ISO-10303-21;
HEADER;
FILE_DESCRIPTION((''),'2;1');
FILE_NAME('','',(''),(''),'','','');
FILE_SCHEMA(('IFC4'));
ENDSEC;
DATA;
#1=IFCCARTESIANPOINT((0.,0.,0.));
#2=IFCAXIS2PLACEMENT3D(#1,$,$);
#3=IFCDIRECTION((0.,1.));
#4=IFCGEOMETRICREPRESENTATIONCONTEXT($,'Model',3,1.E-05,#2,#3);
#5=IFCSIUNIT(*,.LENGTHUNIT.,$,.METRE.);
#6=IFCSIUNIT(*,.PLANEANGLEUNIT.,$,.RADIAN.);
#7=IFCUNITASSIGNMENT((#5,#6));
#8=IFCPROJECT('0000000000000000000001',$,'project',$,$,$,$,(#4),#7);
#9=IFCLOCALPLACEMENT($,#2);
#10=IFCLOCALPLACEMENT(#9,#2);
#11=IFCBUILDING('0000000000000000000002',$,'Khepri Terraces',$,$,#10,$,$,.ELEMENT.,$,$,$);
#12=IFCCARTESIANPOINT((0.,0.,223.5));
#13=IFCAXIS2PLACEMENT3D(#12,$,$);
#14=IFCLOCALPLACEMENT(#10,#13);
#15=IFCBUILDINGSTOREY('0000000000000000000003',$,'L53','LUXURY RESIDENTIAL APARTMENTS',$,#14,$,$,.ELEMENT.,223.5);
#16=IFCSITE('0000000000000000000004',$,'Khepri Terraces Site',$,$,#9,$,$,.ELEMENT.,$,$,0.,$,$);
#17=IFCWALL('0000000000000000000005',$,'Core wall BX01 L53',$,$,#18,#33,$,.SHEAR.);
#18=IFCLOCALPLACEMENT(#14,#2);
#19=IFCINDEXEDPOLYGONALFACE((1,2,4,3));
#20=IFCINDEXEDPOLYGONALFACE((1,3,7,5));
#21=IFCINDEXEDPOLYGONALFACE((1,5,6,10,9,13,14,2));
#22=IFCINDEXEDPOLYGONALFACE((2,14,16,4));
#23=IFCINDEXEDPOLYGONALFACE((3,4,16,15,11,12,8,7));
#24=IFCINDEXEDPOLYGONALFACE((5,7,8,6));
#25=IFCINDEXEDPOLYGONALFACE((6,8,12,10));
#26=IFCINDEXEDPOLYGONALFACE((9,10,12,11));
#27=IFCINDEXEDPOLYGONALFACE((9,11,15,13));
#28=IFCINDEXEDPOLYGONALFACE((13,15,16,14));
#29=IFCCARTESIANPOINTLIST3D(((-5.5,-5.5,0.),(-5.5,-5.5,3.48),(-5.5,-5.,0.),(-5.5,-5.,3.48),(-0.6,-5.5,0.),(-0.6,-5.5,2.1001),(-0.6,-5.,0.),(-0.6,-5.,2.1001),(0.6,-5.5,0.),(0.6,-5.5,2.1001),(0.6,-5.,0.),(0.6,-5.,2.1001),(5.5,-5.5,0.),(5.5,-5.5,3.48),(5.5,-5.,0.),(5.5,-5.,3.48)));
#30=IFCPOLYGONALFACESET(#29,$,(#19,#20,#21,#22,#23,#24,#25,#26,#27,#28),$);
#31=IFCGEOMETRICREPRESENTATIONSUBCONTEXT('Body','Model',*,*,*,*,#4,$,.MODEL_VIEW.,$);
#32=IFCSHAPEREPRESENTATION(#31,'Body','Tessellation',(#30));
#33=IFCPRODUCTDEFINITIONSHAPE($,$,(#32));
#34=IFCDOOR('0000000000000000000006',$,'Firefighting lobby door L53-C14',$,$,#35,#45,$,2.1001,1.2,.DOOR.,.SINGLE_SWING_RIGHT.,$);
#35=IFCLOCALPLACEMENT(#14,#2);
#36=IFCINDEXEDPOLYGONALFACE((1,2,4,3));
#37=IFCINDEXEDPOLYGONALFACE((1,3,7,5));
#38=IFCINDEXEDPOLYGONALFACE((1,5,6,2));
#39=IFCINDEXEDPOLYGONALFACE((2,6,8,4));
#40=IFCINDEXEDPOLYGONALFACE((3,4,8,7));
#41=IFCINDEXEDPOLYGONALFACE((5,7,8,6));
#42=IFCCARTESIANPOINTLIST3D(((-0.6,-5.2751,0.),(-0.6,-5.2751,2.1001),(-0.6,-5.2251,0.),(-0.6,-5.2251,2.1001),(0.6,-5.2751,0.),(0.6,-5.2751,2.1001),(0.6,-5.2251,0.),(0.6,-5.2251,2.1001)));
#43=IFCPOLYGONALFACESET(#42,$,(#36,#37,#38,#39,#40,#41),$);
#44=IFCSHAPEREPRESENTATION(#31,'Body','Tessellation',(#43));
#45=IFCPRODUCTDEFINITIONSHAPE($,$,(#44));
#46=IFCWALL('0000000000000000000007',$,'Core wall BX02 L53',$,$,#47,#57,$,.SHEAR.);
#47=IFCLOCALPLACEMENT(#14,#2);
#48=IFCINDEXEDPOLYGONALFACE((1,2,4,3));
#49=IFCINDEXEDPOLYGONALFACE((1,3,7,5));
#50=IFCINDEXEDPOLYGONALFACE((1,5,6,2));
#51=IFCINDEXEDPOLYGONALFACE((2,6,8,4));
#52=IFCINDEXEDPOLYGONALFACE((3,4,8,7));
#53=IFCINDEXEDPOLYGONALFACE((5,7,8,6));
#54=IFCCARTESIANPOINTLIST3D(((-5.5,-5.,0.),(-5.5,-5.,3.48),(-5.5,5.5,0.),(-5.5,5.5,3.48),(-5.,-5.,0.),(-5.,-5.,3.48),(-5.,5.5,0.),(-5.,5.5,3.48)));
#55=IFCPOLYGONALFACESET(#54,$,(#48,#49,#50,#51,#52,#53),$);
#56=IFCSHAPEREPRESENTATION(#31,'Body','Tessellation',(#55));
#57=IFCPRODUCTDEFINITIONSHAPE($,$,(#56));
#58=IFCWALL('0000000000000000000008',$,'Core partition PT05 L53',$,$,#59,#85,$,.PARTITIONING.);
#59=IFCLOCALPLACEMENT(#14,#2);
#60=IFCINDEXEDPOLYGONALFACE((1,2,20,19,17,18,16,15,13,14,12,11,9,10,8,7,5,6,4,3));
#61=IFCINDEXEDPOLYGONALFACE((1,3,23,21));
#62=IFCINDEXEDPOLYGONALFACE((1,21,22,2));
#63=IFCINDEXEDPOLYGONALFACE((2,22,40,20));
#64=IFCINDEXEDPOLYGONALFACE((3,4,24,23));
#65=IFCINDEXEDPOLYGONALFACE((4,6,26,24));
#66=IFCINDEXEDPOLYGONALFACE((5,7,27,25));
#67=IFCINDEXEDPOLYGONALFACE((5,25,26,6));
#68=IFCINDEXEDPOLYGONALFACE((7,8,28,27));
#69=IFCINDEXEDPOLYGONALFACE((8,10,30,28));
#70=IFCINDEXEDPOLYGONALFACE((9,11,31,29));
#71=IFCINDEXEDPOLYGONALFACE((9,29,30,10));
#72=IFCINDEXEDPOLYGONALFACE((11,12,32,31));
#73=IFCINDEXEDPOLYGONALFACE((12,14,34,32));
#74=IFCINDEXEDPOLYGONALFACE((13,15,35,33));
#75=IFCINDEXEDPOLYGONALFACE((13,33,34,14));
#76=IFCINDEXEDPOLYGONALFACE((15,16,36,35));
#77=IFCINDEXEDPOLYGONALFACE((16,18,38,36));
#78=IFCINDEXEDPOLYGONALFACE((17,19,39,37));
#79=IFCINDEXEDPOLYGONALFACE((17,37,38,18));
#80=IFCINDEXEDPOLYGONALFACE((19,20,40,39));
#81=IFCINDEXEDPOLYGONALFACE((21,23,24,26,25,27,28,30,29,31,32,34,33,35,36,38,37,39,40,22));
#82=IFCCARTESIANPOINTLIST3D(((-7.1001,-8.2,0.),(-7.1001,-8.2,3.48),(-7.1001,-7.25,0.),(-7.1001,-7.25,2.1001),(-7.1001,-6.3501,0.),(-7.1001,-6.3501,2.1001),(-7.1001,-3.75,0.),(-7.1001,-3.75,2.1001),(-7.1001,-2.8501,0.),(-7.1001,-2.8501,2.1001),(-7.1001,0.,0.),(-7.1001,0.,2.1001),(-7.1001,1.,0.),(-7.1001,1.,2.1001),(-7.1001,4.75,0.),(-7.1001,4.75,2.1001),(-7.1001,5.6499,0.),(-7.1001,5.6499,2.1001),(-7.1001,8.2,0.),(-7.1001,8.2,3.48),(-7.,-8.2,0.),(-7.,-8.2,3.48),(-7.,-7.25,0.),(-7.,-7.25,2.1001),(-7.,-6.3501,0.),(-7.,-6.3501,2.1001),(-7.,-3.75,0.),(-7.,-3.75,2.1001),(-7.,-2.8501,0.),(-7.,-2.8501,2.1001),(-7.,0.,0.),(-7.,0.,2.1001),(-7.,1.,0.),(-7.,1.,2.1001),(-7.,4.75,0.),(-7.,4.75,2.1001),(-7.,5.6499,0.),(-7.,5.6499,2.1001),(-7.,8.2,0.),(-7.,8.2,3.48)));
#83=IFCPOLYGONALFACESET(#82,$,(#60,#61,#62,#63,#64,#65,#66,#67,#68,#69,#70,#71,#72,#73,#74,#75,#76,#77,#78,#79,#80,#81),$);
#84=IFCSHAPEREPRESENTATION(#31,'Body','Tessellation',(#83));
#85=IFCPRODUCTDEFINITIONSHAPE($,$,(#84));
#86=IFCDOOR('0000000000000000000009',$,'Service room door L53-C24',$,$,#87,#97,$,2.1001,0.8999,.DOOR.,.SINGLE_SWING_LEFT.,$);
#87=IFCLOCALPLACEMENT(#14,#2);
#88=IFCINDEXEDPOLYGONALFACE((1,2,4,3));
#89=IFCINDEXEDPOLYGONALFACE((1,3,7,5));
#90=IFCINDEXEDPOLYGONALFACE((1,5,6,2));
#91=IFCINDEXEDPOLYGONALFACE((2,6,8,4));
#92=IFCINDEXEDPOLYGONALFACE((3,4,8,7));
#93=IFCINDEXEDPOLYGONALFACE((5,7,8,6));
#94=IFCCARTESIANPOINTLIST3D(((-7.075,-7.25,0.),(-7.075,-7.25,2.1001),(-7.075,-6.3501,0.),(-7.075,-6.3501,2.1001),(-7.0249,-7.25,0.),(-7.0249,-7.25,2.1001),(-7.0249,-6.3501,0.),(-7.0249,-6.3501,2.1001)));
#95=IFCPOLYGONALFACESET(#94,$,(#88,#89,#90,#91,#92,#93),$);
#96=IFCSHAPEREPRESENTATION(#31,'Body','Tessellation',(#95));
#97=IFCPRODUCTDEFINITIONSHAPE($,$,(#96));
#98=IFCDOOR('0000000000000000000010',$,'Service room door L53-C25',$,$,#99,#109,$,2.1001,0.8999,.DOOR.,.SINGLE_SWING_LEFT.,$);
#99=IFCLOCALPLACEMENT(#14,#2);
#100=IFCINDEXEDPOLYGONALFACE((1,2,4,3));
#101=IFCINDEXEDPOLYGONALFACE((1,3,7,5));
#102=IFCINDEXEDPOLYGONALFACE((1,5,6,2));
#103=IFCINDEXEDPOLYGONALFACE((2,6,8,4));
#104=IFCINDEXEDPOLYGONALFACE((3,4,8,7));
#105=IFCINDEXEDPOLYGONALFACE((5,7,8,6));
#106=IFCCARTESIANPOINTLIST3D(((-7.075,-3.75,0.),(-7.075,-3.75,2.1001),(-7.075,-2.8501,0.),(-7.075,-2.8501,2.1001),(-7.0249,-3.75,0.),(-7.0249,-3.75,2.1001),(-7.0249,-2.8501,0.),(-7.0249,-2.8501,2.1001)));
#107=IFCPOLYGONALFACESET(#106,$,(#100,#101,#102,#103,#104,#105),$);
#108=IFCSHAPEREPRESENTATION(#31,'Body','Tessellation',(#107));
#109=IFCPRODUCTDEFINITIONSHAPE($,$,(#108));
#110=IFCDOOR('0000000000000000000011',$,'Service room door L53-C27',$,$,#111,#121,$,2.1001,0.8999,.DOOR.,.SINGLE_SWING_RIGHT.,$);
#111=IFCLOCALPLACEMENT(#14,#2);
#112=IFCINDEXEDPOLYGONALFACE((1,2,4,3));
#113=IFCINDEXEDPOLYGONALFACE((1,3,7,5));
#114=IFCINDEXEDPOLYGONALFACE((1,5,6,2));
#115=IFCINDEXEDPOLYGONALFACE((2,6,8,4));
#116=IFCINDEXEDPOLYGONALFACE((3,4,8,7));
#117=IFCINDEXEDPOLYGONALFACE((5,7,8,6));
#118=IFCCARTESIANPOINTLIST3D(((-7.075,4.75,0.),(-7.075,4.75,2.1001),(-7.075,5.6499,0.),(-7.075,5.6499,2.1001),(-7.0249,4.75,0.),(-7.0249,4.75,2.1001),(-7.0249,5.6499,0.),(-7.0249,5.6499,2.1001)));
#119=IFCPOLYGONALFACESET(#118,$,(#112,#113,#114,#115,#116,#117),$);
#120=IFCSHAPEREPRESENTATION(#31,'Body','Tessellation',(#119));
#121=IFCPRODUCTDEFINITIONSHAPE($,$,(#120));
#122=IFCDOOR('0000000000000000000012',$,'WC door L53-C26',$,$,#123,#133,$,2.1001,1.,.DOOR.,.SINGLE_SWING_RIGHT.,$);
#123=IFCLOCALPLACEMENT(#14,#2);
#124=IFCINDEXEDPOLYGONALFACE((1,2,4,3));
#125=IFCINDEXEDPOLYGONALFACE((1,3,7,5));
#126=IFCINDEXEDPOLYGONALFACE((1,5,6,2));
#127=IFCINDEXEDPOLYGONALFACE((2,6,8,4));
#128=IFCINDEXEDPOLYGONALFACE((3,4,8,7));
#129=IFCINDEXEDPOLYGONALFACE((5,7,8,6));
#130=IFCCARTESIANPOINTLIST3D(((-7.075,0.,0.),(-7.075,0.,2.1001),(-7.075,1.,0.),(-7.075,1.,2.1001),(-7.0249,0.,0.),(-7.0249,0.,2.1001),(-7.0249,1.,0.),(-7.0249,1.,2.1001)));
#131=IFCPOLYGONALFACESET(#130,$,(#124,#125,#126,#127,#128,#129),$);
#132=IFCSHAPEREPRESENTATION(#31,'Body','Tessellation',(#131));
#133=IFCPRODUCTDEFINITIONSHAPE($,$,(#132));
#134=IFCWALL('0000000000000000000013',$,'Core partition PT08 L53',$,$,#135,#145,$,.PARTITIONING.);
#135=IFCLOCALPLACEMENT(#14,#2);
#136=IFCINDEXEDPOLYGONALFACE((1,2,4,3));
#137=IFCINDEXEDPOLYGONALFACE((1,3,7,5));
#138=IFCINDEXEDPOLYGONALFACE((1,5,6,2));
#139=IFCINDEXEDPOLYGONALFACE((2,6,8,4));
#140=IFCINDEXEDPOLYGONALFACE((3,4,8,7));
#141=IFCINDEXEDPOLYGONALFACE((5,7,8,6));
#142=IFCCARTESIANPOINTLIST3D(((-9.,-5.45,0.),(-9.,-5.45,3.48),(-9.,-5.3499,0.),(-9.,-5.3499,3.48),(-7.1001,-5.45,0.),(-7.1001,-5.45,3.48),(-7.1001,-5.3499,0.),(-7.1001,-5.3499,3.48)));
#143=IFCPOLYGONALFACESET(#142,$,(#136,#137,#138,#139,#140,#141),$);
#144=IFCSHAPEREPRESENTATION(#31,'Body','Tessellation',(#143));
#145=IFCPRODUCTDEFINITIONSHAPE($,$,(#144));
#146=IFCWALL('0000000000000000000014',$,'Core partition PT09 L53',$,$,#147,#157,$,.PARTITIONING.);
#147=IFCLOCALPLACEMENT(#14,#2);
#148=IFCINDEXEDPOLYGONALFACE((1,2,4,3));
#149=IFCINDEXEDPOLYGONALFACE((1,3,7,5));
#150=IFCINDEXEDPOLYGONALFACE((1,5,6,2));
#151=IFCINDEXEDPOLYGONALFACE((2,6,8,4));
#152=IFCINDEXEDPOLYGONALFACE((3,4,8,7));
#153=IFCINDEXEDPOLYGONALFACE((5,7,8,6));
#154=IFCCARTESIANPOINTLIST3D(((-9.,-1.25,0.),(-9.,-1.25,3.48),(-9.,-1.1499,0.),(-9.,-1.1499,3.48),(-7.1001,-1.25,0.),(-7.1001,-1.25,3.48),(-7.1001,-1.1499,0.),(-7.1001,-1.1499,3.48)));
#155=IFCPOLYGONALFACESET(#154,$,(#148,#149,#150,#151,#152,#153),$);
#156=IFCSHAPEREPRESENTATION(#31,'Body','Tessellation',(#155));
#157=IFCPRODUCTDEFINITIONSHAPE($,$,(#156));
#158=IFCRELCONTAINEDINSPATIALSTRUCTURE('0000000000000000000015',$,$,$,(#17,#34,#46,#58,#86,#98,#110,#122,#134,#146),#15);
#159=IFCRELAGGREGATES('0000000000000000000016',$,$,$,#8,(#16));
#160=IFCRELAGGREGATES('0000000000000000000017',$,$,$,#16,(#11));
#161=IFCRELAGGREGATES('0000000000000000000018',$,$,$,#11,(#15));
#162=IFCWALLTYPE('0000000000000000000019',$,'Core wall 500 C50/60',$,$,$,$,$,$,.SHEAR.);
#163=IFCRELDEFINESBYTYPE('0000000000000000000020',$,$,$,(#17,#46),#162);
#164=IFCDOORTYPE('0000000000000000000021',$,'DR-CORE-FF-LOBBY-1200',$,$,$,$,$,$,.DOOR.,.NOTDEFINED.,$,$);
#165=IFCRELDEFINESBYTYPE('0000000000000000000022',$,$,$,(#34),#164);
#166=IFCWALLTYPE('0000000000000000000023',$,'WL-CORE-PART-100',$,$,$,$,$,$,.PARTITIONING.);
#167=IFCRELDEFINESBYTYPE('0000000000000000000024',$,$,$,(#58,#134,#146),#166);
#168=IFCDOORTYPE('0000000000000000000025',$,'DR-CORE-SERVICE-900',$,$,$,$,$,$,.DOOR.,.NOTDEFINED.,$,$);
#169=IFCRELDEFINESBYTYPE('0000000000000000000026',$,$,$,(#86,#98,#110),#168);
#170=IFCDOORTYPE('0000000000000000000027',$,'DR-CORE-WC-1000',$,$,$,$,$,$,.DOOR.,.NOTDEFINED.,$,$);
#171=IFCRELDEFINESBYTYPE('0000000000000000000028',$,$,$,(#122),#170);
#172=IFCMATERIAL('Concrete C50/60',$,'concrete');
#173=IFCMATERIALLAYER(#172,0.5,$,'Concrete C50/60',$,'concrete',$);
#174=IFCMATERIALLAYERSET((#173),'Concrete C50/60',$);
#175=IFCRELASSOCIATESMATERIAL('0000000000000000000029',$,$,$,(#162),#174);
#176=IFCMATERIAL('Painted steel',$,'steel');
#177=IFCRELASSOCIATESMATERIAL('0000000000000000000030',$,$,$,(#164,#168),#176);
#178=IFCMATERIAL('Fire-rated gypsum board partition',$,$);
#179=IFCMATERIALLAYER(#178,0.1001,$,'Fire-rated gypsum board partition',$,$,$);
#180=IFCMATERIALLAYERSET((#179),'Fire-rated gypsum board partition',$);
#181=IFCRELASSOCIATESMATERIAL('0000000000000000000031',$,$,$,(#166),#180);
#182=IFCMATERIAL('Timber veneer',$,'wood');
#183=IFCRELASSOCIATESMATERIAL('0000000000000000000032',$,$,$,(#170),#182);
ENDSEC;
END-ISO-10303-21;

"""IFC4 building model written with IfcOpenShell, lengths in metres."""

from ifc_helpers import new_model, si_unit, direction, frame, frame_2d, origin, place, context, subcontext, project, spatial, rectangle, extrude, material, layer, layer_set, type_object, element, fill, save


model = new_model("IFC4")

# Units and contexts
model_context = context("Model", 3, precision=1e-05, world=origin(), true_north=direction((0.0, 1.0)))
body_context = subcontext(model_context, "Body", "Model", "MODEL_VIEW")
ifc_project = project(units=[si_unit("LENGTHUNIT", "METRE"), si_unit("PLANEANGLEUNIT", "RADIAN")], contexts=[model_context])

# Site, building, storey
site_placement = place(None, origin())
site = spatial("IfcSite", under=ifc_project, at=site_placement, Name="Khepri Terraces Site", CompositionType="ELEMENT", RefElevation=0.0)
building_placement = place(site_placement, origin())
building = spatial("IfcBuilding", under=site, at=building_placement, Name="Khepri Terraces", CompositionType="ELEMENT")
storey_placement = place(building_placement, frame((0.0, 0.0, 223.5)))
storey = spatial("IfcBuildingStorey", under=building, at=storey_placement, Name="L53", Description="LUXURY RESIDENTIAL APARTMENTS", CompositionType="ELEMENT", Elevation=223.5)

# Shared definitions
ifc_material_1 = material(Name="Concrete C50/60", Category="concrete")

# Shared definitions
ifc_material_2 = material(Name="Painted steel", Category="steel")

# Wall, opening, door
ifc_layer_1 = layer(ifc_material_1, 0.5, Name="Concrete C50/60", Category="concrete")
ifc_layer_set_1 = layer_set([ifc_layer_1], Name="Concrete C50/60")
wall_type_1 = type_object("IfcWallType", Name="Core wall 500 C50/60", PredefinedType="SHEAR", material=ifc_layer_set_1)
wall_1_placement = place(storey_placement, frame((-5.5, -5.25, 0.0), z_axis=(0.0, 0.0, 1.0), x_axis=(1.0, 0.0, 0.0)))
wall_1 = element("IfcWall", 1, at=wall_1_placement, inside=storey, type_object=wall_type_1, Name="Core wall BX01 L53", PredefinedType="SHEAR", context=body_context, shape_type="SweptSolid", body=[
    extrude(rectangle(XDim=11.0, YDim=0.5, at=frame_2d((5.5, 0.0))), origin(), (0.0, 0.0, 1.0), 3.48),
])
opening_1_placement = place(wall_1_placement, frame((4.8999, 0.0, 0.0)))
opening_1 = element("IfcOpeningElement", 2, at=opening_1_placement, cuts=wall_1, PredefinedType="OPENING", context=body_context, shape_type="SweptSolid", body=[
    extrude(rectangle(XDim=1.2, YDim=2.1001, at=frame_2d((0.6001, 1.05))), frame((0.0, 0.26, 0.0), z_axis=(0.0, -1.0, 0.0), x_axis=(1.0, 0.0, 0.0)), (0.0, 0.0, 1.0), 0.52),
])
door_type_1 = type_object("IfcDoorType", Name="DR-CORE-FF-LOBBY-1200", OperationType="NOTDEFINED", PredefinedType="DOOR", material=ifc_material_2)
door_1_placement = place(opening_1_placement, origin())
door_1 = element("IfcDoor", 3, at=door_1_placement, inside=storey, type_object=door_type_1, Name="Firefighting lobby door L53-C14", OperationType="SINGLE_SWING_RIGHT", OverallHeight=2.1001, OverallWidth=1.2, PredefinedType="DOOR", context=body_context, shape_type="SweptSolid", body=[
    extrude(rectangle(XDim=1.2, YDim=2.1001, at=frame_2d((0.6001, 1.05))), frame((0.0, 0.0249, 0.0), z_axis=(0.0, -1.0, 0.0), x_axis=(1.0, 0.0, 0.0)), (0.0, 0.0, 1.0), 0.05),
])
fill(opening_1, door_1)

# Wall
wall_2_placement = place(storey_placement, frame((-5.25, -5.0, 0.0), z_axis=(0.0, 0.0, 1.0), x_axis=(0.0, 1.0, 0.0)))
element("IfcWall", 4, at=wall_2_placement, inside=storey, type_object=wall_type_1, Name="Core wall BX02 L53", PredefinedType="SHEAR", context=body_context, shape_type="SweptSolid", body=[
    extrude(rectangle(XDim=10.5, YDim=0.5, at=frame_2d((5.25, 0.0))), origin(), (0.0, 0.0, 1.0), 3.48),
])

# Wall, openings, doors
ifc_material_3 = material(Name="Fire-rated gypsum board partition")
ifc_layer_2 = layer(ifc_material_3, 0.1001, Name="Fire-rated gypsum board partition")
ifc_layer_set_2 = layer_set([ifc_layer_2], Name="Fire-rated gypsum board partition")
wall_type_2 = type_object("IfcWallType", Name="WL-CORE-PART-100", PredefinedType="PARTITIONING", material=ifc_layer_set_2)
wall_3_placement = place(storey_placement, frame((-7.05, -8.2, 0.0), z_axis=(0.0, 0.0, 1.0), x_axis=(0.0, 1.0, 0.0)))
wall_3 = element("IfcWall", 5, at=wall_3_placement, inside=storey, type_object=wall_type_2, Name="Core partition PT05 L53", PredefinedType="PARTITIONING", context=body_context, shape_type="SweptSolid", body=[
    extrude(rectangle(XDim=16.3999, YDim=0.1001, at=frame_2d((8.2, 0.0))), origin(), (0.0, 0.0, 1.0), 3.48),
])
opening_2_placement = place(wall_3_placement, frame((0.95, 0.0, 0.0)))
opening_2 = element("IfcOpeningElement", 6, at=opening_2_placement, cuts=wall_3, PredefinedType="OPENING", context=body_context, shape_type="SweptSolid", body=[
    extrude(rectangle(XDim=0.8999, YDim=2.1001, at=frame_2d((0.45, 1.05))), frame((0.0, 0.0601, 0.0), z_axis=(0.0, -1.0, 0.0), x_axis=(1.0, 0.0, 0.0)), (0.0, 0.0, 1.0), 0.1201),
])
opening_3_placement = place(wall_3_placement, frame((4.45, 0.0, 0.0)))
opening_3 = element("IfcOpeningElement", 7, at=opening_3_placement, cuts=wall_3, PredefinedType="OPENING", context=body_context, shape_type="SweptSolid", body=[
    extrude(rectangle(XDim=0.8999, YDim=2.1001, at=frame_2d((0.45, 1.05))), frame((0.0, 0.0601, 0.0), z_axis=(0.0, -1.0, 0.0), x_axis=(1.0, 0.0, 0.0)), (0.0, 0.0, 1.0), 0.1201),
])
opening_4_placement = place(wall_3_placement, frame((8.2, 0.0, 0.0)))
opening_4 = element("IfcOpeningElement", 8, at=opening_4_placement, cuts=wall_3, PredefinedType="OPENING", context=body_context, shape_type="SweptSolid", body=[
    extrude(rectangle(XDim=1.0, YDim=2.1001, at=frame_2d((0.5, 1.05))), frame((0.0, 0.0601, 0.0), z_axis=(0.0, -1.0, 0.0), x_axis=(1.0, 0.0, 0.0)), (0.0, 0.0, 1.0), 0.1201),
])
opening_5_placement = place(wall_3_placement, frame((12.95, 0.0, 0.0)))
opening_5 = element("IfcOpeningElement", 9, at=opening_5_placement, cuts=wall_3, PredefinedType="OPENING", context=body_context, shape_type="SweptSolid", body=[
    extrude(rectangle(XDim=0.8999, YDim=2.1001, at=frame_2d((0.45, 1.05))), frame((0.0, 0.0601, 0.0), z_axis=(0.0, -1.0, 0.0), x_axis=(1.0, 0.0, 0.0)), (0.0, 0.0, 1.0), 0.1201),
])
door_type_2 = type_object("IfcDoorType", Name="DR-CORE-SERVICE-900", OperationType="NOTDEFINED", PredefinedType="DOOR", material=ifc_material_2)
door_2_placement = place(opening_2_placement, origin())
door_2 = element("IfcDoor", 10, at=door_2_placement, inside=storey, type_object=door_type_2, Name="Service room door L53-C24", OperationType="SINGLE_SWING_LEFT", OverallHeight=2.1001, OverallWidth=0.8999, PredefinedType="DOOR", context=body_context, shape_type="SweptSolid", body=[
    extrude(rectangle(XDim=0.8999, YDim=2.1001, at=frame_2d((0.45, 1.05))), frame((0.0, 0.0249, 0.0), z_axis=(0.0, -1.0, 0.0), x_axis=(1.0, 0.0, 0.0)), (0.0, 0.0, 1.0), 0.05),
])
fill(opening_2, door_2)
door_3_placement = place(opening_3_placement, origin())
door_3 = element("IfcDoor", 11, at=door_3_placement, inside=storey, type_object=door_type_2, Name="Service room door L53-C25", OperationType="SINGLE_SWING_LEFT", OverallHeight=2.1001, OverallWidth=0.8999, PredefinedType="DOOR", context=body_context, shape_type="SweptSolid", body=[
    extrude(rectangle(XDim=0.8999, YDim=2.1001, at=frame_2d((0.45, 1.05))), frame((0.0, 0.0249, 0.0), z_axis=(0.0, -1.0, 0.0), x_axis=(1.0, 0.0, 0.0)), (0.0, 0.0, 1.0), 0.05),
])
fill(opening_3, door_3)
door_4_placement = place(opening_5_placement, origin())
door_4 = element("IfcDoor", 12, at=door_4_placement, inside=storey, type_object=door_type_2, Name="Service room door L53-C27", OperationType="SINGLE_SWING_RIGHT", OverallHeight=2.1001, OverallWidth=0.8999, PredefinedType="DOOR", context=body_context, shape_type="SweptSolid", body=[
    extrude(rectangle(XDim=0.8999, YDim=2.1001, at=frame_2d((0.45, 1.05))), frame((0.0, 0.0249, 0.0), z_axis=(0.0, -1.0, 0.0), x_axis=(1.0, 0.0, 0.0)), (0.0, 0.0, 1.0), 0.05),
])
fill(opening_5, door_4)
ifc_material_4 = material(Name="Timber veneer", Category="wood")
door_type_3 = type_object("IfcDoorType", Name="DR-CORE-WC-1000", OperationType="NOTDEFINED", PredefinedType="DOOR", material=ifc_material_4)
door_5_placement = place(opening_4_placement, origin())
door_5 = element("IfcDoor", 13, at=door_5_placement, inside=storey, type_object=door_type_3, Name="WC door L53-C26", OperationType="SINGLE_SWING_RIGHT", OverallHeight=2.1001, OverallWidth=1.0, PredefinedType="DOOR", context=body_context, shape_type="SweptSolid", body=[
    extrude(rectangle(XDim=1.0, YDim=2.1001, at=frame_2d((0.5, 1.05))), frame((0.0, 0.0249, 0.0), z_axis=(0.0, -1.0, 0.0), x_axis=(1.0, 0.0, 0.0)), (0.0, 0.0, 1.0), 0.05),
])
fill(opening_4, door_5)

# Walls
for number, where, z_axis, x_axis, name in (
    (14, (-9.0, -5.3999, 0.0), (0.0, 0.0, 1.0), (1.0, 0.0, 0.0), "Core partition PT08 L53"),
    (15, (-9.0, -1.2, 0.0), (0.0, 0.0, 1.0), (1.0, 0.0, 0.0), "Core partition PT09 L53"),
):
    element("IfcWall", number, at=place(storey_placement, frame(where, z_axis=z_axis, x_axis=x_axis)), inside=storey, type_object=wall_type_2, Name=name, PredefinedType="PARTITIONING", context=body_context, shape_type="SweptSolid", body=[
        extrude(rectangle(XDim=1.8999, YDim=0.1001, at=frame_2d((0.95, 0.0))), origin(), (0.0, 0.0, 1.0), 3.48),
    ])

save(model, "model.ifc")
